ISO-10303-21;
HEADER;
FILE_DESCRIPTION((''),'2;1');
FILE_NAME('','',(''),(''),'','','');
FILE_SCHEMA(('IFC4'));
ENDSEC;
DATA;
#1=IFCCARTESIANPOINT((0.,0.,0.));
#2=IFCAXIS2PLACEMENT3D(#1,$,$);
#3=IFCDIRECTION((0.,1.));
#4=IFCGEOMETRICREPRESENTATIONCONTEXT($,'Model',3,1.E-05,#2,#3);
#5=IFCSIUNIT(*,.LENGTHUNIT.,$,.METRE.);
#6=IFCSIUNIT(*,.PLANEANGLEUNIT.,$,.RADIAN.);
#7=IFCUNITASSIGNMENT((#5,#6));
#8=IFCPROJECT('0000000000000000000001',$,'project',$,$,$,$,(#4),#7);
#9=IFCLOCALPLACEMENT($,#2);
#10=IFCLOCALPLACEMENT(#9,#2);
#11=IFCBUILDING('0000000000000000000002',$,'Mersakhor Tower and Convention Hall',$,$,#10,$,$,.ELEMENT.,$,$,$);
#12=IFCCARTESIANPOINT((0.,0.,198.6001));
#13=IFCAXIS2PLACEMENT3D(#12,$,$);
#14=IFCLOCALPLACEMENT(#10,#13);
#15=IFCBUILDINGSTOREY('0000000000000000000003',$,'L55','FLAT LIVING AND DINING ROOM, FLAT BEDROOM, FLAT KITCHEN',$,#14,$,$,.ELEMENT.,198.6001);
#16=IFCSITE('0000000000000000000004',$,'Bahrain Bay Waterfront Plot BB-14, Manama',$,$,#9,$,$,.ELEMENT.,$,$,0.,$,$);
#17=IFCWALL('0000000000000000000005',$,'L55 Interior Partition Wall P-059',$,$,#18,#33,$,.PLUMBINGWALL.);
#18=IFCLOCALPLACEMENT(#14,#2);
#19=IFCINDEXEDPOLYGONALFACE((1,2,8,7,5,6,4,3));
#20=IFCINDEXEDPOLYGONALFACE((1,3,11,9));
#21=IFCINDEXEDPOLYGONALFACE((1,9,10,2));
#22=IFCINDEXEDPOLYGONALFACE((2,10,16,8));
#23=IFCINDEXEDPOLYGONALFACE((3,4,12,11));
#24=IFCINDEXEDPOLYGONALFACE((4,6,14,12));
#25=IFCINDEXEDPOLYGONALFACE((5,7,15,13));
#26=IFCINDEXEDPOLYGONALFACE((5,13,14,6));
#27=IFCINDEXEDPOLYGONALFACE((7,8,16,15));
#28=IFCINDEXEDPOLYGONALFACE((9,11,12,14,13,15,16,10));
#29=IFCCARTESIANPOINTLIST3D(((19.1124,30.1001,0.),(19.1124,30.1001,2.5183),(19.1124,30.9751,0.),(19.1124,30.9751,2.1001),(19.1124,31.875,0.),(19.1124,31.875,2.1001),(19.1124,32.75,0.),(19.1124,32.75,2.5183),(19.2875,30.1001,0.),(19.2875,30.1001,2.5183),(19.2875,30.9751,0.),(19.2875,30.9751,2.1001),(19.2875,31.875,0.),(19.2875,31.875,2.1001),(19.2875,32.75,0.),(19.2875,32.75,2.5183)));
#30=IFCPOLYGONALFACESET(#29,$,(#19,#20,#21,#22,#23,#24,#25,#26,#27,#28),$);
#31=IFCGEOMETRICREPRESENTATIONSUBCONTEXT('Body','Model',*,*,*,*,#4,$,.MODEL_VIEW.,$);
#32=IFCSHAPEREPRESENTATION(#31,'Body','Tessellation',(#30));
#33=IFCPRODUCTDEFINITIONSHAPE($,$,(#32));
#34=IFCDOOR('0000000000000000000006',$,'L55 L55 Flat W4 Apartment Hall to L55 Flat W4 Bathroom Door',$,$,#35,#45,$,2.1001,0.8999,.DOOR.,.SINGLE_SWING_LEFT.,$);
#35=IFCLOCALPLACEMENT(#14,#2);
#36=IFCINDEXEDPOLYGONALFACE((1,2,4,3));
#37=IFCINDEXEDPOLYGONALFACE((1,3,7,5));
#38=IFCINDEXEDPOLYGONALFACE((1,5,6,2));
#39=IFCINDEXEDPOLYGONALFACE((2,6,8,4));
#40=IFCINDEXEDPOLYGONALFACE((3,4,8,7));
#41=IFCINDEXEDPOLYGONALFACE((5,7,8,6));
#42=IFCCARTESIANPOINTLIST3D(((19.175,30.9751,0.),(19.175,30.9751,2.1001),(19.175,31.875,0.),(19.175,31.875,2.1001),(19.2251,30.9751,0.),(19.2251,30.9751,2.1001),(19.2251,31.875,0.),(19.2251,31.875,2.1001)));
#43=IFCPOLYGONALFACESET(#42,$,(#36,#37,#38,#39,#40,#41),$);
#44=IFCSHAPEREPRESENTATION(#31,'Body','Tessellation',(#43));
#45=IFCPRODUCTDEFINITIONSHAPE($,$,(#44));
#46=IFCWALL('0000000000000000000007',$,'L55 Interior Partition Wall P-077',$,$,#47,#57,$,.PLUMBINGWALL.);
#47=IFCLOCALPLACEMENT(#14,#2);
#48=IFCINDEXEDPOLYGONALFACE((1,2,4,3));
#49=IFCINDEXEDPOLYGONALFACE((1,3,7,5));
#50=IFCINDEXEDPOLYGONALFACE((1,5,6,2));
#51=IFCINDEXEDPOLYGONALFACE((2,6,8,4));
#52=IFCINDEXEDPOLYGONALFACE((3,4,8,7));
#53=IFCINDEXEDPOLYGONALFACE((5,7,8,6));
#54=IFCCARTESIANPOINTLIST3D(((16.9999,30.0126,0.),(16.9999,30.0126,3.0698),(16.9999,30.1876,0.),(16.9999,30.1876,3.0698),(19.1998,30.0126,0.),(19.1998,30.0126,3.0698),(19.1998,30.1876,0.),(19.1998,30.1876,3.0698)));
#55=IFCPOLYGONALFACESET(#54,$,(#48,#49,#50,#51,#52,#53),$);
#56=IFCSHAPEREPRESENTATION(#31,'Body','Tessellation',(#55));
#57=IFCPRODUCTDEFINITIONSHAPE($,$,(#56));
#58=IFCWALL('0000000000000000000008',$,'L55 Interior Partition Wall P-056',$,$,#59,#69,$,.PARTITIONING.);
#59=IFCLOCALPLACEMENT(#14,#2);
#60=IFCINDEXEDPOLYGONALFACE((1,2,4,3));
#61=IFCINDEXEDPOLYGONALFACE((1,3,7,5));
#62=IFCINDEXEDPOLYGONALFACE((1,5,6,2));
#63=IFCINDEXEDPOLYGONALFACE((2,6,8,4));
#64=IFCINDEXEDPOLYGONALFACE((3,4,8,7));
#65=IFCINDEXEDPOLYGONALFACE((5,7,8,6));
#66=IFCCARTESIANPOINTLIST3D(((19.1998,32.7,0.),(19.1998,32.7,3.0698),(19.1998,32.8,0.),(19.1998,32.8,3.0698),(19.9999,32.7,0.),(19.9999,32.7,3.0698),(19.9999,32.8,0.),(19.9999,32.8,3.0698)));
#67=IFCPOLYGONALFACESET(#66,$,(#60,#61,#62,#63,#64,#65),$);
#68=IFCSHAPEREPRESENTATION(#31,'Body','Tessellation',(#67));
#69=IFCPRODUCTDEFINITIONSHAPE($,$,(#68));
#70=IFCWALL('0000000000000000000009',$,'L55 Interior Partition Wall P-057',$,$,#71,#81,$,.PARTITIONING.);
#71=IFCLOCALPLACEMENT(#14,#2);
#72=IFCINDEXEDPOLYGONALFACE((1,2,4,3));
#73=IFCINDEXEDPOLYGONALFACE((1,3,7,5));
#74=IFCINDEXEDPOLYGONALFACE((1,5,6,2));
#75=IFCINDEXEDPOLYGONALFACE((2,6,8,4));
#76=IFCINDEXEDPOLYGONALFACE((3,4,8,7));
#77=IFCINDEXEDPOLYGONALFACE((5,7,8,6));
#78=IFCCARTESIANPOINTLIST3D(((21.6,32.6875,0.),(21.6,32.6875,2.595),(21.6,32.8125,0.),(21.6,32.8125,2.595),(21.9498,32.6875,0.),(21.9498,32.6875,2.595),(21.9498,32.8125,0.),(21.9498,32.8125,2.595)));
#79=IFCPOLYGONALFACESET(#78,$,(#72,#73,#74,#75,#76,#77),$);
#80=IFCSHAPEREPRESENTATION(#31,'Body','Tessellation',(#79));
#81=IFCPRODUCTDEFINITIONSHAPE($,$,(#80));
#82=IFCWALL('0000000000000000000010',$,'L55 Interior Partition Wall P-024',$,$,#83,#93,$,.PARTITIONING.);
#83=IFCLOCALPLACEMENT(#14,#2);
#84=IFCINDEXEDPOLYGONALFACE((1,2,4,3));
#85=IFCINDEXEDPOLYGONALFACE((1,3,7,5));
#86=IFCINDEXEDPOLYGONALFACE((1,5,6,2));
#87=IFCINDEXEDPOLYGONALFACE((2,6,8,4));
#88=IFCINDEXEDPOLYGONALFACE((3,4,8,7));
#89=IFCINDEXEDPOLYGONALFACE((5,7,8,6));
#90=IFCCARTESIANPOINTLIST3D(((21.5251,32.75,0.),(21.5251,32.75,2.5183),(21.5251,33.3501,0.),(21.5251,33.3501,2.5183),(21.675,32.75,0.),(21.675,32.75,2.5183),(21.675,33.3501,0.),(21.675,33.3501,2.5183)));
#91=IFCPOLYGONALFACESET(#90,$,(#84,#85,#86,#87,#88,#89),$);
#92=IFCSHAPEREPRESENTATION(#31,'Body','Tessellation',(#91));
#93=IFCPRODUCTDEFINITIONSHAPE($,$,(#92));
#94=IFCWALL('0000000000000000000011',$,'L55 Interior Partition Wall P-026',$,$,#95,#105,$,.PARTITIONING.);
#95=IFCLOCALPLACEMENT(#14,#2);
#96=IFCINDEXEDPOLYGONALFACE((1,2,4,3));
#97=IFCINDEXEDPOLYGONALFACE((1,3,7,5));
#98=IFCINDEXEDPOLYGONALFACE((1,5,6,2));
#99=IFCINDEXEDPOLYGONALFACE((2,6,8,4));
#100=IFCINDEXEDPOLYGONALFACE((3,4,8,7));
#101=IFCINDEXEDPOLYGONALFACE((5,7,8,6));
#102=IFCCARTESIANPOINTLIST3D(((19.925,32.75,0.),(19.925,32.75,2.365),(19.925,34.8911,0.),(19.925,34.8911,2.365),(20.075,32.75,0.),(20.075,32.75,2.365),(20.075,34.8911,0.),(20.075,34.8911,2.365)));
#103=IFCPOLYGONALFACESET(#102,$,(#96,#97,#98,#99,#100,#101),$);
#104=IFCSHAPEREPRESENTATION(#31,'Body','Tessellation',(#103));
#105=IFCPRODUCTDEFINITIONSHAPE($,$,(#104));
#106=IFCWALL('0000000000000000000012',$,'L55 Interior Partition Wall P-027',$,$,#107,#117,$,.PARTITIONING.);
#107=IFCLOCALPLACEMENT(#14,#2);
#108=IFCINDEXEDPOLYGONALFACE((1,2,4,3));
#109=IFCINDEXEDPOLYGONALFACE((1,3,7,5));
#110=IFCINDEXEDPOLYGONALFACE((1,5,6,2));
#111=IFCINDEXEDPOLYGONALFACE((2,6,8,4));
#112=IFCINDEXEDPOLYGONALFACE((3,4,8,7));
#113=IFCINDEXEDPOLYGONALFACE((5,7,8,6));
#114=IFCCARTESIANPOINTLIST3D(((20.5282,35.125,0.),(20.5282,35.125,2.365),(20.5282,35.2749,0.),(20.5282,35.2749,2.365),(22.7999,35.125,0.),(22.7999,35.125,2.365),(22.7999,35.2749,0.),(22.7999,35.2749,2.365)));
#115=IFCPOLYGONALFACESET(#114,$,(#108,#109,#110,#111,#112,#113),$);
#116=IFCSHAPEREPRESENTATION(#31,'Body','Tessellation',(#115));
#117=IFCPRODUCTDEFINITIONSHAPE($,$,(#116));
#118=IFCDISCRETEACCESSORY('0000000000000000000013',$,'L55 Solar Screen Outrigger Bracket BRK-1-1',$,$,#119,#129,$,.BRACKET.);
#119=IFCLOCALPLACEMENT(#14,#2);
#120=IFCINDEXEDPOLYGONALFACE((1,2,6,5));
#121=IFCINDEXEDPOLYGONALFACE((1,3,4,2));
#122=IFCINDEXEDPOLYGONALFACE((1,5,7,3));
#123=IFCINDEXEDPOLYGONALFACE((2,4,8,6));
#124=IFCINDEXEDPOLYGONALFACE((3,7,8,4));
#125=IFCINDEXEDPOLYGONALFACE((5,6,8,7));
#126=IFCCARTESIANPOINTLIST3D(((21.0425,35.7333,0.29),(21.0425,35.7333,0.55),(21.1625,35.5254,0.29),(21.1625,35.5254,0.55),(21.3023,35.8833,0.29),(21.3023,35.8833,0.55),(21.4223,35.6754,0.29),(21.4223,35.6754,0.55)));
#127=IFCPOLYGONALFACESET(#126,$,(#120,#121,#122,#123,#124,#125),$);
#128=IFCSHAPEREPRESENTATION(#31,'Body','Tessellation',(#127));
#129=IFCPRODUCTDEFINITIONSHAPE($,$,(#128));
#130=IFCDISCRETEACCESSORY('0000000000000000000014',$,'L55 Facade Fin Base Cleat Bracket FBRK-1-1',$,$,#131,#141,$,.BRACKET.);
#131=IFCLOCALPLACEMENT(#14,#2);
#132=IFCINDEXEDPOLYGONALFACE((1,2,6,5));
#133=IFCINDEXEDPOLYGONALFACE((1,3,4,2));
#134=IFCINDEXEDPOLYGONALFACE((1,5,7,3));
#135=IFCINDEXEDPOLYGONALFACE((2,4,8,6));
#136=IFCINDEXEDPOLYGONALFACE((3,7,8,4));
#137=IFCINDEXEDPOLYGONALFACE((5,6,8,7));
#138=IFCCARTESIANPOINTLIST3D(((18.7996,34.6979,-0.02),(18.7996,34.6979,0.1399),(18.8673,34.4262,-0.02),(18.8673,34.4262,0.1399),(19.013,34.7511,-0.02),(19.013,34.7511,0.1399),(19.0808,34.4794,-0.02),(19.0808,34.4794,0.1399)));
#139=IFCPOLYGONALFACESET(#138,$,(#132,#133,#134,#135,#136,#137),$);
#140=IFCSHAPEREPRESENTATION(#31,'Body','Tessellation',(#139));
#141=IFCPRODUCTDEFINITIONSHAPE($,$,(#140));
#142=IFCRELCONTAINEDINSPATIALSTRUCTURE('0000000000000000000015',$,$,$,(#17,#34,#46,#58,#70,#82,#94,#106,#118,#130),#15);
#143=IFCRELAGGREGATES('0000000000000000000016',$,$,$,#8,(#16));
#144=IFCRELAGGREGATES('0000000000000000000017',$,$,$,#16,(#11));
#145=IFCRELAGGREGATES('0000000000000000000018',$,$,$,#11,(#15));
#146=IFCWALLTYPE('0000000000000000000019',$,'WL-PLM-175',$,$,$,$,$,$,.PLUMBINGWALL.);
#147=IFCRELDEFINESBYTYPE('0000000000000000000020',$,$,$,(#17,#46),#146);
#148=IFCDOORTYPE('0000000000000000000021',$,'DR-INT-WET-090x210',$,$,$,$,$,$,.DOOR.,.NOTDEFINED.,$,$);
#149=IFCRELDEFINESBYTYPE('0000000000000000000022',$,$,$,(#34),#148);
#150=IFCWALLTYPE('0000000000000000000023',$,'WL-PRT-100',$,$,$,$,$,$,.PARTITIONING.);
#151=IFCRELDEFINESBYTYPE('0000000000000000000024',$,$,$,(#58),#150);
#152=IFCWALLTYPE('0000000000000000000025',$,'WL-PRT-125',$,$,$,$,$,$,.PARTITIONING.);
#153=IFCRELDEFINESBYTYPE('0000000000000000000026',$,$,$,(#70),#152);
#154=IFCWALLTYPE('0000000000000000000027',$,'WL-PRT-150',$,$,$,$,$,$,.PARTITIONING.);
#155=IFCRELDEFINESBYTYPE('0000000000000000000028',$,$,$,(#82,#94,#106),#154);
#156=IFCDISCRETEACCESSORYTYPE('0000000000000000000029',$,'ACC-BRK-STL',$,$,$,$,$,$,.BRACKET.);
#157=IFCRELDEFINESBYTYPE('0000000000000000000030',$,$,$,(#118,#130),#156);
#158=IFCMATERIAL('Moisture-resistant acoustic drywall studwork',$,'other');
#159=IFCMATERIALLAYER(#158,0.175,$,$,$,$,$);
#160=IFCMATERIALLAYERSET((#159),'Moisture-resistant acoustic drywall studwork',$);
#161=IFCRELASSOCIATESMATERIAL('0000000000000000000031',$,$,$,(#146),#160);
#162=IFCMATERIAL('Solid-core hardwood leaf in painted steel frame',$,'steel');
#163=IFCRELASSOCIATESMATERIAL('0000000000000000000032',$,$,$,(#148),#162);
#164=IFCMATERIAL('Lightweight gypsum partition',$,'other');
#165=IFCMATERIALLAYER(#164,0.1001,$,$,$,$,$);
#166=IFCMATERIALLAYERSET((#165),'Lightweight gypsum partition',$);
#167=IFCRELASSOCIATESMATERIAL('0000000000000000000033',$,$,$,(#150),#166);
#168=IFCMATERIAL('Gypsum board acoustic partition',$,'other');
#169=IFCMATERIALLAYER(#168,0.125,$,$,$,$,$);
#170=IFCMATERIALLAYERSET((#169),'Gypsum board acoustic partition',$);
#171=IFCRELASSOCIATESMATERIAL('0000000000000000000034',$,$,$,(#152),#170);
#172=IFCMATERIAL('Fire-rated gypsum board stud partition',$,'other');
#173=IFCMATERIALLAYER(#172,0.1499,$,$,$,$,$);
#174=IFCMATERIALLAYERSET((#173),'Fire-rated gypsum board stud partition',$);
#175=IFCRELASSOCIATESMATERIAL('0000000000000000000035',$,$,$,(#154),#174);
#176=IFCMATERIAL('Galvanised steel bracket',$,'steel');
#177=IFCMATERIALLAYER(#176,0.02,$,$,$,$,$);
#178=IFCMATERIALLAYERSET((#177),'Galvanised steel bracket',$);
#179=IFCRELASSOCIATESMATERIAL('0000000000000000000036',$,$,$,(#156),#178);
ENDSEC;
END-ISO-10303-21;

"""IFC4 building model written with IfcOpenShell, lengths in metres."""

from ifc_helpers import new_model, si_unit, direction, frame, frame_2d, origin, origin_2d, place, context, subcontext, project, spatial, rectangle, extrude, material, layer, layer_set, type_object, element, fill, save


model = new_model("IFC4")

# Units and contexts
model_context = context("Model", 3, precision=1e-05, world=origin(), true_north=direction((0.0, 1.0)))
body_context = subcontext(model_context, "Body", "Model", "MODEL_VIEW")
ifc_project = project(units=[si_unit("LENGTHUNIT", "METRE"), si_unit("PLANEANGLEUNIT", "RADIAN")], contexts=[model_context])

# Site, building, storey
site_placement = place(None, origin())
site = spatial("IfcSite", under=ifc_project, at=site_placement, Name="Bahrain Bay Waterfront Plot BB-14, Manama", CompositionType="ELEMENT", RefElevation=0.0)
building_placement = place(site_placement, origin())
building = spatial("IfcBuilding", under=site, at=building_placement, Name="Mersakhor Tower and Convention Hall", CompositionType="ELEMENT")
storey_placement = place(building_placement, frame((0.0, 0.0, 198.6001)))
storey = spatial("IfcBuildingStorey", under=building, at=storey_placement, Name="L55", Description="FLAT LIVING AND DINING ROOM, FLAT BEDROOM, FLAT KITCHEN", CompositionType="ELEMENT", Elevation=198.6001)

# Wall, opening, door
ifc_material_1 = material(Name="Moisture-resistant acoustic drywall studwork", Category="other")
ifc_layer_1 = layer(ifc_material_1, 0.175)
ifc_layer_set_1 = layer_set([ifc_layer_1], Name="Moisture-resistant acoustic drywall studwork")
wall_type_1 = type_object("IfcWallType", Name="WL-PLM-175", PredefinedType="PLUMBINGWALL", material=ifc_layer_set_1)
wall_1_placement = place(storey_placement, frame((19.2, 30.1001, 0.0), z_axis=(0.0, 0.0, 1.0), x_axis=(0.0, 1.0, 0.0)))
wall_1 = element("IfcWall", 1, at=wall_1_placement, inside=storey, type_object=wall_type_1, Name="L55 Interior Partition Wall P-059", PredefinedType="PLUMBINGWALL", context=body_context, shape_type="SweptSolid", body=[
    extrude(rectangle(XDim=2.6499, YDim=0.175, at=frame_2d((1.325, 0.0))), origin(), (0.0, 0.0, 1.0), 2.5183),
])
opening_1_placement = place(wall_1_placement, frame((0.875, 0.0, 0.0)))
opening_1 = element("IfcOpeningElement", 2, at=opening_1_placement, cuts=wall_1, PredefinedType="OPENING", context=body_context, shape_type="SweptSolid", body=[
    extrude(rectangle(XDim=0.8999, YDim=2.1001, at=frame_2d((0.45, 1.05))), frame((0.0, 0.0974, 0.0), z_axis=(0.0, -1.0, 0.0), x_axis=(1.0, 0.0, 0.0)), (0.0, 0.0, 1.0), 0.1951),
])
ifc_material_2 = material(Name="Solid-core hardwood leaf in painted steel frame", Category="steel")
door_type_1 = type_object("IfcDoorType", Name="DR-INT-WET-090x210", OperationType="NOTDEFINED", PredefinedType="DOOR", material=ifc_material_2)
door_1_placement = place(opening_1_placement, origin())
door_1 = element("IfcDoor", 3, at=door_1_placement, inside=storey, type_object=door_type_1, Name="L55 L55 Flat W4 Apartment Hall to L55 Flat W4 Bathroom Door", OperationType="SINGLE_SWING_LEFT", OverallHeight=2.1001, OverallWidth=0.8999, PredefinedType="DOOR", context=body_context, shape_type="SweptSolid", body=[
    extrude(rectangle(XDim=0.8999, YDim=2.1001, at=frame_2d((0.45, 1.05))), frame((0.0, 0.0249, 0.0), z_axis=(0.0, -1.0, 0.0), x_axis=(1.0, 0.0, 0.0)), (0.0, 0.0, 1.0), 0.05),
])
fill(opening_1, door_1)

# Walls
wall_2_placement = place(storey_placement, frame((19.2, 30.1001, 0.0), z_axis=(0.0, 0.0, 1.0), x_axis=(-1.0, 0.0, 0.0)))
element("IfcWall", 4, at=wall_2_placement, inside=storey, type_object=wall_type_1, Name="L55 Interior Partition Wall P-077", PredefinedType="PLUMBINGWALL", context=body_context, shape_type="SweptSolid", body=[
    extrude(rectangle(XDim=2.2, YDim=0.175, at=frame_2d((1.1001, 0.0))), origin(), (0.0, 0.0, 1.0), 3.0698),
])
ifc_material_3 = material(Name="Lightweight gypsum partition", Category="other")
ifc_layer_2 = layer(ifc_material_3, 0.1001)
ifc_layer_set_2 = layer_set([ifc_layer_2], Name="Lightweight gypsum partition")
wall_type_2 = type_object("IfcWallType", Name="WL-PRT-100", PredefinedType="PARTITIONING", material=ifc_layer_set_2)
wall_3_placement = place(storey_placement, frame((19.2, 32.75, 0.0), z_axis=(0.0, 0.0, 1.0), x_axis=(1.0, 0.0, 0.0)))
element("IfcWall", 5, at=wall_3_placement, inside=storey, type_object=wall_type_2, Name="L55 Interior Partition Wall P-056", PredefinedType="PARTITIONING", context=body_context, shape_type="SweptSolid", body=[
    extrude(rectangle(XDim=0.8, YDim=0.1001, at=frame_2d((0.3999, 0.0))), origin(), (0.0, 0.0, 1.0), 3.0698),
])
ifc_material_4 = material(Name="Gypsum board acoustic partition", Category="other")
ifc_layer_3 = layer(ifc_material_4, 0.125)
ifc_layer_set_3 = layer_set([ifc_layer_3], Name="Gypsum board acoustic partition")
wall_type_3 = type_object("IfcWallType", Name="WL-PRT-125", PredefinedType="PARTITIONING", material=ifc_layer_set_3)
wall_4_placement = place(storey_placement, frame((21.6001, 32.75, 0.0), z_axis=(0.0, 0.0, 1.0), x_axis=(1.0, 0.0, 0.0)))
element("IfcWall", 6, at=wall_4_placement, inside=storey, type_object=wall_type_3, Name="L55 Interior Partition Wall P-057", PredefinedType="PARTITIONING", context=body_context, shape_type="SweptSolid", body=[
    extrude(rectangle(XDim=0.3499, YDim=0.125, at=frame_2d((0.1748, 0.0))), origin(), (0.0, 0.0, 1.0), 2.595),
])
ifc_material_5 = material(Name="Fire-rated gypsum board stud partition", Category="other")
ifc_layer_4 = layer(ifc_material_5, 0.1499)
ifc_layer_set_4 = layer_set([ifc_layer_4], Name="Fire-rated gypsum board stud partition")
wall_type_4 = type_object("IfcWallType", Name="WL-PRT-150", PredefinedType="PARTITIONING", material=ifc_layer_set_4)
wall_5_placement = place(storey_placement, frame((21.6001, 33.3501, 0.0), z_axis=(0.0, 0.0, 1.0), x_axis=(0.0, -1.0, 0.0)))
element("IfcWall", 7, at=wall_5_placement, inside=storey, type_object=wall_type_4, Name="L55 Interior Partition Wall P-024", PredefinedType="PARTITIONING", context=body_context, shape_type="SweptSolid", body=[
    extrude(rectangle(XDim=0.6001, YDim=0.1499, at=frame_2d((0.3, 0.0))), origin(), (0.0, 0.0, 1.0), 2.5183),
])

# Walls
wall_6_placement = place(storey_placement, frame((20.0, 32.75, 0.0), z_axis=(0.0, 0.0, 1.0), x_axis=(0.0, 1.0, 0.0)))
element("IfcWall", 8, at=wall_6_placement, inside=storey, type_object=wall_type_4, Name="L55 Interior Partition Wall P-026", PredefinedType="PARTITIONING", context=body_context, shape_type="SweptSolid", body=[
    extrude(rectangle(XDim=2.1411, YDim=0.1499, at=frame_2d((1.0706, 0.0))), origin(), (0.0, 0.0, 1.0), 2.365),
])
wall_7_placement = place(storey_placement, frame((20.5283, 35.2, 0.0), z_axis=(0.0, 0.0, 1.0), x_axis=(1.0, 0.0, 0.0)))
element("IfcWall", 9, at=wall_7_placement, inside=storey, type_object=wall_type_4, Name="L55 Interior Partition Wall P-027", PredefinedType="PARTITIONING", context=body_context, shape_type="SweptSolid", body=[
    extrude(rectangle(XDim=2.2717, YDim=0.1499, at=frame_2d((1.1357, 0.0))), origin(), (0.0, 0.0, 1.0), 2.365),
])

# Discrete accessories
ifc_material_6 = material(Name="Galvanised steel bracket", Category="steel")
ifc_layer_5 = layer(ifc_material_6, 0.02)
ifc_layer_set_5 = layer_set([ifc_layer_5], Name="Galvanised steel bracket")
discrete_accessory_type = type_object("IfcDiscreteAccessoryType", Name="ACC-BRK-STL", PredefinedType="BRACKET", material=ifc_layer_set_5)
discrete_accessory_1_placement = place(storey_placement, frame((21.2324, 35.7043, 0.29), z_axis=(0.0, 0.0, 1.0), x_axis=(0.866025, 0.5, 0.0)))
element("IfcDiscreteAccessory", 10, at=discrete_accessory_1_placement, inside=storey, type_object=discrete_accessory_type, Name="L55 Solar Screen Outrigger Bracket BRK-1-1", PredefinedType="BRACKET", context=body_context, shape_type="SweptSolid", body=[
    extrude(rectangle(XDim=0.3, YDim=0.24, at=origin_2d()), origin(), (0.0, 0.0, 1.0), 0.26),
])
discrete_accessory_2_placement = place(storey_placement, frame((18.9402, 34.5886, -0.02), z_axis=(0.0, 0.0, 1.0), x_axis=(-0.241922, 0.970296, 0.0)))
element("IfcDiscreteAccessory", 11, at=discrete_accessory_2_placement, inside=storey, type_object=discrete_accessory_type, Name="L55 Facade Fin Base Cleat Bracket FBRK-1-1", PredefinedType="BRACKET", context=body_context, shape_type="SweptSolid", body=[
    extrude(rectangle(XDim=0.28, YDim=0.22, at=origin_2d()), origin(), (0.0, 0.0, 1.0), 0.1599),
])

save(model, "model.ifc")
